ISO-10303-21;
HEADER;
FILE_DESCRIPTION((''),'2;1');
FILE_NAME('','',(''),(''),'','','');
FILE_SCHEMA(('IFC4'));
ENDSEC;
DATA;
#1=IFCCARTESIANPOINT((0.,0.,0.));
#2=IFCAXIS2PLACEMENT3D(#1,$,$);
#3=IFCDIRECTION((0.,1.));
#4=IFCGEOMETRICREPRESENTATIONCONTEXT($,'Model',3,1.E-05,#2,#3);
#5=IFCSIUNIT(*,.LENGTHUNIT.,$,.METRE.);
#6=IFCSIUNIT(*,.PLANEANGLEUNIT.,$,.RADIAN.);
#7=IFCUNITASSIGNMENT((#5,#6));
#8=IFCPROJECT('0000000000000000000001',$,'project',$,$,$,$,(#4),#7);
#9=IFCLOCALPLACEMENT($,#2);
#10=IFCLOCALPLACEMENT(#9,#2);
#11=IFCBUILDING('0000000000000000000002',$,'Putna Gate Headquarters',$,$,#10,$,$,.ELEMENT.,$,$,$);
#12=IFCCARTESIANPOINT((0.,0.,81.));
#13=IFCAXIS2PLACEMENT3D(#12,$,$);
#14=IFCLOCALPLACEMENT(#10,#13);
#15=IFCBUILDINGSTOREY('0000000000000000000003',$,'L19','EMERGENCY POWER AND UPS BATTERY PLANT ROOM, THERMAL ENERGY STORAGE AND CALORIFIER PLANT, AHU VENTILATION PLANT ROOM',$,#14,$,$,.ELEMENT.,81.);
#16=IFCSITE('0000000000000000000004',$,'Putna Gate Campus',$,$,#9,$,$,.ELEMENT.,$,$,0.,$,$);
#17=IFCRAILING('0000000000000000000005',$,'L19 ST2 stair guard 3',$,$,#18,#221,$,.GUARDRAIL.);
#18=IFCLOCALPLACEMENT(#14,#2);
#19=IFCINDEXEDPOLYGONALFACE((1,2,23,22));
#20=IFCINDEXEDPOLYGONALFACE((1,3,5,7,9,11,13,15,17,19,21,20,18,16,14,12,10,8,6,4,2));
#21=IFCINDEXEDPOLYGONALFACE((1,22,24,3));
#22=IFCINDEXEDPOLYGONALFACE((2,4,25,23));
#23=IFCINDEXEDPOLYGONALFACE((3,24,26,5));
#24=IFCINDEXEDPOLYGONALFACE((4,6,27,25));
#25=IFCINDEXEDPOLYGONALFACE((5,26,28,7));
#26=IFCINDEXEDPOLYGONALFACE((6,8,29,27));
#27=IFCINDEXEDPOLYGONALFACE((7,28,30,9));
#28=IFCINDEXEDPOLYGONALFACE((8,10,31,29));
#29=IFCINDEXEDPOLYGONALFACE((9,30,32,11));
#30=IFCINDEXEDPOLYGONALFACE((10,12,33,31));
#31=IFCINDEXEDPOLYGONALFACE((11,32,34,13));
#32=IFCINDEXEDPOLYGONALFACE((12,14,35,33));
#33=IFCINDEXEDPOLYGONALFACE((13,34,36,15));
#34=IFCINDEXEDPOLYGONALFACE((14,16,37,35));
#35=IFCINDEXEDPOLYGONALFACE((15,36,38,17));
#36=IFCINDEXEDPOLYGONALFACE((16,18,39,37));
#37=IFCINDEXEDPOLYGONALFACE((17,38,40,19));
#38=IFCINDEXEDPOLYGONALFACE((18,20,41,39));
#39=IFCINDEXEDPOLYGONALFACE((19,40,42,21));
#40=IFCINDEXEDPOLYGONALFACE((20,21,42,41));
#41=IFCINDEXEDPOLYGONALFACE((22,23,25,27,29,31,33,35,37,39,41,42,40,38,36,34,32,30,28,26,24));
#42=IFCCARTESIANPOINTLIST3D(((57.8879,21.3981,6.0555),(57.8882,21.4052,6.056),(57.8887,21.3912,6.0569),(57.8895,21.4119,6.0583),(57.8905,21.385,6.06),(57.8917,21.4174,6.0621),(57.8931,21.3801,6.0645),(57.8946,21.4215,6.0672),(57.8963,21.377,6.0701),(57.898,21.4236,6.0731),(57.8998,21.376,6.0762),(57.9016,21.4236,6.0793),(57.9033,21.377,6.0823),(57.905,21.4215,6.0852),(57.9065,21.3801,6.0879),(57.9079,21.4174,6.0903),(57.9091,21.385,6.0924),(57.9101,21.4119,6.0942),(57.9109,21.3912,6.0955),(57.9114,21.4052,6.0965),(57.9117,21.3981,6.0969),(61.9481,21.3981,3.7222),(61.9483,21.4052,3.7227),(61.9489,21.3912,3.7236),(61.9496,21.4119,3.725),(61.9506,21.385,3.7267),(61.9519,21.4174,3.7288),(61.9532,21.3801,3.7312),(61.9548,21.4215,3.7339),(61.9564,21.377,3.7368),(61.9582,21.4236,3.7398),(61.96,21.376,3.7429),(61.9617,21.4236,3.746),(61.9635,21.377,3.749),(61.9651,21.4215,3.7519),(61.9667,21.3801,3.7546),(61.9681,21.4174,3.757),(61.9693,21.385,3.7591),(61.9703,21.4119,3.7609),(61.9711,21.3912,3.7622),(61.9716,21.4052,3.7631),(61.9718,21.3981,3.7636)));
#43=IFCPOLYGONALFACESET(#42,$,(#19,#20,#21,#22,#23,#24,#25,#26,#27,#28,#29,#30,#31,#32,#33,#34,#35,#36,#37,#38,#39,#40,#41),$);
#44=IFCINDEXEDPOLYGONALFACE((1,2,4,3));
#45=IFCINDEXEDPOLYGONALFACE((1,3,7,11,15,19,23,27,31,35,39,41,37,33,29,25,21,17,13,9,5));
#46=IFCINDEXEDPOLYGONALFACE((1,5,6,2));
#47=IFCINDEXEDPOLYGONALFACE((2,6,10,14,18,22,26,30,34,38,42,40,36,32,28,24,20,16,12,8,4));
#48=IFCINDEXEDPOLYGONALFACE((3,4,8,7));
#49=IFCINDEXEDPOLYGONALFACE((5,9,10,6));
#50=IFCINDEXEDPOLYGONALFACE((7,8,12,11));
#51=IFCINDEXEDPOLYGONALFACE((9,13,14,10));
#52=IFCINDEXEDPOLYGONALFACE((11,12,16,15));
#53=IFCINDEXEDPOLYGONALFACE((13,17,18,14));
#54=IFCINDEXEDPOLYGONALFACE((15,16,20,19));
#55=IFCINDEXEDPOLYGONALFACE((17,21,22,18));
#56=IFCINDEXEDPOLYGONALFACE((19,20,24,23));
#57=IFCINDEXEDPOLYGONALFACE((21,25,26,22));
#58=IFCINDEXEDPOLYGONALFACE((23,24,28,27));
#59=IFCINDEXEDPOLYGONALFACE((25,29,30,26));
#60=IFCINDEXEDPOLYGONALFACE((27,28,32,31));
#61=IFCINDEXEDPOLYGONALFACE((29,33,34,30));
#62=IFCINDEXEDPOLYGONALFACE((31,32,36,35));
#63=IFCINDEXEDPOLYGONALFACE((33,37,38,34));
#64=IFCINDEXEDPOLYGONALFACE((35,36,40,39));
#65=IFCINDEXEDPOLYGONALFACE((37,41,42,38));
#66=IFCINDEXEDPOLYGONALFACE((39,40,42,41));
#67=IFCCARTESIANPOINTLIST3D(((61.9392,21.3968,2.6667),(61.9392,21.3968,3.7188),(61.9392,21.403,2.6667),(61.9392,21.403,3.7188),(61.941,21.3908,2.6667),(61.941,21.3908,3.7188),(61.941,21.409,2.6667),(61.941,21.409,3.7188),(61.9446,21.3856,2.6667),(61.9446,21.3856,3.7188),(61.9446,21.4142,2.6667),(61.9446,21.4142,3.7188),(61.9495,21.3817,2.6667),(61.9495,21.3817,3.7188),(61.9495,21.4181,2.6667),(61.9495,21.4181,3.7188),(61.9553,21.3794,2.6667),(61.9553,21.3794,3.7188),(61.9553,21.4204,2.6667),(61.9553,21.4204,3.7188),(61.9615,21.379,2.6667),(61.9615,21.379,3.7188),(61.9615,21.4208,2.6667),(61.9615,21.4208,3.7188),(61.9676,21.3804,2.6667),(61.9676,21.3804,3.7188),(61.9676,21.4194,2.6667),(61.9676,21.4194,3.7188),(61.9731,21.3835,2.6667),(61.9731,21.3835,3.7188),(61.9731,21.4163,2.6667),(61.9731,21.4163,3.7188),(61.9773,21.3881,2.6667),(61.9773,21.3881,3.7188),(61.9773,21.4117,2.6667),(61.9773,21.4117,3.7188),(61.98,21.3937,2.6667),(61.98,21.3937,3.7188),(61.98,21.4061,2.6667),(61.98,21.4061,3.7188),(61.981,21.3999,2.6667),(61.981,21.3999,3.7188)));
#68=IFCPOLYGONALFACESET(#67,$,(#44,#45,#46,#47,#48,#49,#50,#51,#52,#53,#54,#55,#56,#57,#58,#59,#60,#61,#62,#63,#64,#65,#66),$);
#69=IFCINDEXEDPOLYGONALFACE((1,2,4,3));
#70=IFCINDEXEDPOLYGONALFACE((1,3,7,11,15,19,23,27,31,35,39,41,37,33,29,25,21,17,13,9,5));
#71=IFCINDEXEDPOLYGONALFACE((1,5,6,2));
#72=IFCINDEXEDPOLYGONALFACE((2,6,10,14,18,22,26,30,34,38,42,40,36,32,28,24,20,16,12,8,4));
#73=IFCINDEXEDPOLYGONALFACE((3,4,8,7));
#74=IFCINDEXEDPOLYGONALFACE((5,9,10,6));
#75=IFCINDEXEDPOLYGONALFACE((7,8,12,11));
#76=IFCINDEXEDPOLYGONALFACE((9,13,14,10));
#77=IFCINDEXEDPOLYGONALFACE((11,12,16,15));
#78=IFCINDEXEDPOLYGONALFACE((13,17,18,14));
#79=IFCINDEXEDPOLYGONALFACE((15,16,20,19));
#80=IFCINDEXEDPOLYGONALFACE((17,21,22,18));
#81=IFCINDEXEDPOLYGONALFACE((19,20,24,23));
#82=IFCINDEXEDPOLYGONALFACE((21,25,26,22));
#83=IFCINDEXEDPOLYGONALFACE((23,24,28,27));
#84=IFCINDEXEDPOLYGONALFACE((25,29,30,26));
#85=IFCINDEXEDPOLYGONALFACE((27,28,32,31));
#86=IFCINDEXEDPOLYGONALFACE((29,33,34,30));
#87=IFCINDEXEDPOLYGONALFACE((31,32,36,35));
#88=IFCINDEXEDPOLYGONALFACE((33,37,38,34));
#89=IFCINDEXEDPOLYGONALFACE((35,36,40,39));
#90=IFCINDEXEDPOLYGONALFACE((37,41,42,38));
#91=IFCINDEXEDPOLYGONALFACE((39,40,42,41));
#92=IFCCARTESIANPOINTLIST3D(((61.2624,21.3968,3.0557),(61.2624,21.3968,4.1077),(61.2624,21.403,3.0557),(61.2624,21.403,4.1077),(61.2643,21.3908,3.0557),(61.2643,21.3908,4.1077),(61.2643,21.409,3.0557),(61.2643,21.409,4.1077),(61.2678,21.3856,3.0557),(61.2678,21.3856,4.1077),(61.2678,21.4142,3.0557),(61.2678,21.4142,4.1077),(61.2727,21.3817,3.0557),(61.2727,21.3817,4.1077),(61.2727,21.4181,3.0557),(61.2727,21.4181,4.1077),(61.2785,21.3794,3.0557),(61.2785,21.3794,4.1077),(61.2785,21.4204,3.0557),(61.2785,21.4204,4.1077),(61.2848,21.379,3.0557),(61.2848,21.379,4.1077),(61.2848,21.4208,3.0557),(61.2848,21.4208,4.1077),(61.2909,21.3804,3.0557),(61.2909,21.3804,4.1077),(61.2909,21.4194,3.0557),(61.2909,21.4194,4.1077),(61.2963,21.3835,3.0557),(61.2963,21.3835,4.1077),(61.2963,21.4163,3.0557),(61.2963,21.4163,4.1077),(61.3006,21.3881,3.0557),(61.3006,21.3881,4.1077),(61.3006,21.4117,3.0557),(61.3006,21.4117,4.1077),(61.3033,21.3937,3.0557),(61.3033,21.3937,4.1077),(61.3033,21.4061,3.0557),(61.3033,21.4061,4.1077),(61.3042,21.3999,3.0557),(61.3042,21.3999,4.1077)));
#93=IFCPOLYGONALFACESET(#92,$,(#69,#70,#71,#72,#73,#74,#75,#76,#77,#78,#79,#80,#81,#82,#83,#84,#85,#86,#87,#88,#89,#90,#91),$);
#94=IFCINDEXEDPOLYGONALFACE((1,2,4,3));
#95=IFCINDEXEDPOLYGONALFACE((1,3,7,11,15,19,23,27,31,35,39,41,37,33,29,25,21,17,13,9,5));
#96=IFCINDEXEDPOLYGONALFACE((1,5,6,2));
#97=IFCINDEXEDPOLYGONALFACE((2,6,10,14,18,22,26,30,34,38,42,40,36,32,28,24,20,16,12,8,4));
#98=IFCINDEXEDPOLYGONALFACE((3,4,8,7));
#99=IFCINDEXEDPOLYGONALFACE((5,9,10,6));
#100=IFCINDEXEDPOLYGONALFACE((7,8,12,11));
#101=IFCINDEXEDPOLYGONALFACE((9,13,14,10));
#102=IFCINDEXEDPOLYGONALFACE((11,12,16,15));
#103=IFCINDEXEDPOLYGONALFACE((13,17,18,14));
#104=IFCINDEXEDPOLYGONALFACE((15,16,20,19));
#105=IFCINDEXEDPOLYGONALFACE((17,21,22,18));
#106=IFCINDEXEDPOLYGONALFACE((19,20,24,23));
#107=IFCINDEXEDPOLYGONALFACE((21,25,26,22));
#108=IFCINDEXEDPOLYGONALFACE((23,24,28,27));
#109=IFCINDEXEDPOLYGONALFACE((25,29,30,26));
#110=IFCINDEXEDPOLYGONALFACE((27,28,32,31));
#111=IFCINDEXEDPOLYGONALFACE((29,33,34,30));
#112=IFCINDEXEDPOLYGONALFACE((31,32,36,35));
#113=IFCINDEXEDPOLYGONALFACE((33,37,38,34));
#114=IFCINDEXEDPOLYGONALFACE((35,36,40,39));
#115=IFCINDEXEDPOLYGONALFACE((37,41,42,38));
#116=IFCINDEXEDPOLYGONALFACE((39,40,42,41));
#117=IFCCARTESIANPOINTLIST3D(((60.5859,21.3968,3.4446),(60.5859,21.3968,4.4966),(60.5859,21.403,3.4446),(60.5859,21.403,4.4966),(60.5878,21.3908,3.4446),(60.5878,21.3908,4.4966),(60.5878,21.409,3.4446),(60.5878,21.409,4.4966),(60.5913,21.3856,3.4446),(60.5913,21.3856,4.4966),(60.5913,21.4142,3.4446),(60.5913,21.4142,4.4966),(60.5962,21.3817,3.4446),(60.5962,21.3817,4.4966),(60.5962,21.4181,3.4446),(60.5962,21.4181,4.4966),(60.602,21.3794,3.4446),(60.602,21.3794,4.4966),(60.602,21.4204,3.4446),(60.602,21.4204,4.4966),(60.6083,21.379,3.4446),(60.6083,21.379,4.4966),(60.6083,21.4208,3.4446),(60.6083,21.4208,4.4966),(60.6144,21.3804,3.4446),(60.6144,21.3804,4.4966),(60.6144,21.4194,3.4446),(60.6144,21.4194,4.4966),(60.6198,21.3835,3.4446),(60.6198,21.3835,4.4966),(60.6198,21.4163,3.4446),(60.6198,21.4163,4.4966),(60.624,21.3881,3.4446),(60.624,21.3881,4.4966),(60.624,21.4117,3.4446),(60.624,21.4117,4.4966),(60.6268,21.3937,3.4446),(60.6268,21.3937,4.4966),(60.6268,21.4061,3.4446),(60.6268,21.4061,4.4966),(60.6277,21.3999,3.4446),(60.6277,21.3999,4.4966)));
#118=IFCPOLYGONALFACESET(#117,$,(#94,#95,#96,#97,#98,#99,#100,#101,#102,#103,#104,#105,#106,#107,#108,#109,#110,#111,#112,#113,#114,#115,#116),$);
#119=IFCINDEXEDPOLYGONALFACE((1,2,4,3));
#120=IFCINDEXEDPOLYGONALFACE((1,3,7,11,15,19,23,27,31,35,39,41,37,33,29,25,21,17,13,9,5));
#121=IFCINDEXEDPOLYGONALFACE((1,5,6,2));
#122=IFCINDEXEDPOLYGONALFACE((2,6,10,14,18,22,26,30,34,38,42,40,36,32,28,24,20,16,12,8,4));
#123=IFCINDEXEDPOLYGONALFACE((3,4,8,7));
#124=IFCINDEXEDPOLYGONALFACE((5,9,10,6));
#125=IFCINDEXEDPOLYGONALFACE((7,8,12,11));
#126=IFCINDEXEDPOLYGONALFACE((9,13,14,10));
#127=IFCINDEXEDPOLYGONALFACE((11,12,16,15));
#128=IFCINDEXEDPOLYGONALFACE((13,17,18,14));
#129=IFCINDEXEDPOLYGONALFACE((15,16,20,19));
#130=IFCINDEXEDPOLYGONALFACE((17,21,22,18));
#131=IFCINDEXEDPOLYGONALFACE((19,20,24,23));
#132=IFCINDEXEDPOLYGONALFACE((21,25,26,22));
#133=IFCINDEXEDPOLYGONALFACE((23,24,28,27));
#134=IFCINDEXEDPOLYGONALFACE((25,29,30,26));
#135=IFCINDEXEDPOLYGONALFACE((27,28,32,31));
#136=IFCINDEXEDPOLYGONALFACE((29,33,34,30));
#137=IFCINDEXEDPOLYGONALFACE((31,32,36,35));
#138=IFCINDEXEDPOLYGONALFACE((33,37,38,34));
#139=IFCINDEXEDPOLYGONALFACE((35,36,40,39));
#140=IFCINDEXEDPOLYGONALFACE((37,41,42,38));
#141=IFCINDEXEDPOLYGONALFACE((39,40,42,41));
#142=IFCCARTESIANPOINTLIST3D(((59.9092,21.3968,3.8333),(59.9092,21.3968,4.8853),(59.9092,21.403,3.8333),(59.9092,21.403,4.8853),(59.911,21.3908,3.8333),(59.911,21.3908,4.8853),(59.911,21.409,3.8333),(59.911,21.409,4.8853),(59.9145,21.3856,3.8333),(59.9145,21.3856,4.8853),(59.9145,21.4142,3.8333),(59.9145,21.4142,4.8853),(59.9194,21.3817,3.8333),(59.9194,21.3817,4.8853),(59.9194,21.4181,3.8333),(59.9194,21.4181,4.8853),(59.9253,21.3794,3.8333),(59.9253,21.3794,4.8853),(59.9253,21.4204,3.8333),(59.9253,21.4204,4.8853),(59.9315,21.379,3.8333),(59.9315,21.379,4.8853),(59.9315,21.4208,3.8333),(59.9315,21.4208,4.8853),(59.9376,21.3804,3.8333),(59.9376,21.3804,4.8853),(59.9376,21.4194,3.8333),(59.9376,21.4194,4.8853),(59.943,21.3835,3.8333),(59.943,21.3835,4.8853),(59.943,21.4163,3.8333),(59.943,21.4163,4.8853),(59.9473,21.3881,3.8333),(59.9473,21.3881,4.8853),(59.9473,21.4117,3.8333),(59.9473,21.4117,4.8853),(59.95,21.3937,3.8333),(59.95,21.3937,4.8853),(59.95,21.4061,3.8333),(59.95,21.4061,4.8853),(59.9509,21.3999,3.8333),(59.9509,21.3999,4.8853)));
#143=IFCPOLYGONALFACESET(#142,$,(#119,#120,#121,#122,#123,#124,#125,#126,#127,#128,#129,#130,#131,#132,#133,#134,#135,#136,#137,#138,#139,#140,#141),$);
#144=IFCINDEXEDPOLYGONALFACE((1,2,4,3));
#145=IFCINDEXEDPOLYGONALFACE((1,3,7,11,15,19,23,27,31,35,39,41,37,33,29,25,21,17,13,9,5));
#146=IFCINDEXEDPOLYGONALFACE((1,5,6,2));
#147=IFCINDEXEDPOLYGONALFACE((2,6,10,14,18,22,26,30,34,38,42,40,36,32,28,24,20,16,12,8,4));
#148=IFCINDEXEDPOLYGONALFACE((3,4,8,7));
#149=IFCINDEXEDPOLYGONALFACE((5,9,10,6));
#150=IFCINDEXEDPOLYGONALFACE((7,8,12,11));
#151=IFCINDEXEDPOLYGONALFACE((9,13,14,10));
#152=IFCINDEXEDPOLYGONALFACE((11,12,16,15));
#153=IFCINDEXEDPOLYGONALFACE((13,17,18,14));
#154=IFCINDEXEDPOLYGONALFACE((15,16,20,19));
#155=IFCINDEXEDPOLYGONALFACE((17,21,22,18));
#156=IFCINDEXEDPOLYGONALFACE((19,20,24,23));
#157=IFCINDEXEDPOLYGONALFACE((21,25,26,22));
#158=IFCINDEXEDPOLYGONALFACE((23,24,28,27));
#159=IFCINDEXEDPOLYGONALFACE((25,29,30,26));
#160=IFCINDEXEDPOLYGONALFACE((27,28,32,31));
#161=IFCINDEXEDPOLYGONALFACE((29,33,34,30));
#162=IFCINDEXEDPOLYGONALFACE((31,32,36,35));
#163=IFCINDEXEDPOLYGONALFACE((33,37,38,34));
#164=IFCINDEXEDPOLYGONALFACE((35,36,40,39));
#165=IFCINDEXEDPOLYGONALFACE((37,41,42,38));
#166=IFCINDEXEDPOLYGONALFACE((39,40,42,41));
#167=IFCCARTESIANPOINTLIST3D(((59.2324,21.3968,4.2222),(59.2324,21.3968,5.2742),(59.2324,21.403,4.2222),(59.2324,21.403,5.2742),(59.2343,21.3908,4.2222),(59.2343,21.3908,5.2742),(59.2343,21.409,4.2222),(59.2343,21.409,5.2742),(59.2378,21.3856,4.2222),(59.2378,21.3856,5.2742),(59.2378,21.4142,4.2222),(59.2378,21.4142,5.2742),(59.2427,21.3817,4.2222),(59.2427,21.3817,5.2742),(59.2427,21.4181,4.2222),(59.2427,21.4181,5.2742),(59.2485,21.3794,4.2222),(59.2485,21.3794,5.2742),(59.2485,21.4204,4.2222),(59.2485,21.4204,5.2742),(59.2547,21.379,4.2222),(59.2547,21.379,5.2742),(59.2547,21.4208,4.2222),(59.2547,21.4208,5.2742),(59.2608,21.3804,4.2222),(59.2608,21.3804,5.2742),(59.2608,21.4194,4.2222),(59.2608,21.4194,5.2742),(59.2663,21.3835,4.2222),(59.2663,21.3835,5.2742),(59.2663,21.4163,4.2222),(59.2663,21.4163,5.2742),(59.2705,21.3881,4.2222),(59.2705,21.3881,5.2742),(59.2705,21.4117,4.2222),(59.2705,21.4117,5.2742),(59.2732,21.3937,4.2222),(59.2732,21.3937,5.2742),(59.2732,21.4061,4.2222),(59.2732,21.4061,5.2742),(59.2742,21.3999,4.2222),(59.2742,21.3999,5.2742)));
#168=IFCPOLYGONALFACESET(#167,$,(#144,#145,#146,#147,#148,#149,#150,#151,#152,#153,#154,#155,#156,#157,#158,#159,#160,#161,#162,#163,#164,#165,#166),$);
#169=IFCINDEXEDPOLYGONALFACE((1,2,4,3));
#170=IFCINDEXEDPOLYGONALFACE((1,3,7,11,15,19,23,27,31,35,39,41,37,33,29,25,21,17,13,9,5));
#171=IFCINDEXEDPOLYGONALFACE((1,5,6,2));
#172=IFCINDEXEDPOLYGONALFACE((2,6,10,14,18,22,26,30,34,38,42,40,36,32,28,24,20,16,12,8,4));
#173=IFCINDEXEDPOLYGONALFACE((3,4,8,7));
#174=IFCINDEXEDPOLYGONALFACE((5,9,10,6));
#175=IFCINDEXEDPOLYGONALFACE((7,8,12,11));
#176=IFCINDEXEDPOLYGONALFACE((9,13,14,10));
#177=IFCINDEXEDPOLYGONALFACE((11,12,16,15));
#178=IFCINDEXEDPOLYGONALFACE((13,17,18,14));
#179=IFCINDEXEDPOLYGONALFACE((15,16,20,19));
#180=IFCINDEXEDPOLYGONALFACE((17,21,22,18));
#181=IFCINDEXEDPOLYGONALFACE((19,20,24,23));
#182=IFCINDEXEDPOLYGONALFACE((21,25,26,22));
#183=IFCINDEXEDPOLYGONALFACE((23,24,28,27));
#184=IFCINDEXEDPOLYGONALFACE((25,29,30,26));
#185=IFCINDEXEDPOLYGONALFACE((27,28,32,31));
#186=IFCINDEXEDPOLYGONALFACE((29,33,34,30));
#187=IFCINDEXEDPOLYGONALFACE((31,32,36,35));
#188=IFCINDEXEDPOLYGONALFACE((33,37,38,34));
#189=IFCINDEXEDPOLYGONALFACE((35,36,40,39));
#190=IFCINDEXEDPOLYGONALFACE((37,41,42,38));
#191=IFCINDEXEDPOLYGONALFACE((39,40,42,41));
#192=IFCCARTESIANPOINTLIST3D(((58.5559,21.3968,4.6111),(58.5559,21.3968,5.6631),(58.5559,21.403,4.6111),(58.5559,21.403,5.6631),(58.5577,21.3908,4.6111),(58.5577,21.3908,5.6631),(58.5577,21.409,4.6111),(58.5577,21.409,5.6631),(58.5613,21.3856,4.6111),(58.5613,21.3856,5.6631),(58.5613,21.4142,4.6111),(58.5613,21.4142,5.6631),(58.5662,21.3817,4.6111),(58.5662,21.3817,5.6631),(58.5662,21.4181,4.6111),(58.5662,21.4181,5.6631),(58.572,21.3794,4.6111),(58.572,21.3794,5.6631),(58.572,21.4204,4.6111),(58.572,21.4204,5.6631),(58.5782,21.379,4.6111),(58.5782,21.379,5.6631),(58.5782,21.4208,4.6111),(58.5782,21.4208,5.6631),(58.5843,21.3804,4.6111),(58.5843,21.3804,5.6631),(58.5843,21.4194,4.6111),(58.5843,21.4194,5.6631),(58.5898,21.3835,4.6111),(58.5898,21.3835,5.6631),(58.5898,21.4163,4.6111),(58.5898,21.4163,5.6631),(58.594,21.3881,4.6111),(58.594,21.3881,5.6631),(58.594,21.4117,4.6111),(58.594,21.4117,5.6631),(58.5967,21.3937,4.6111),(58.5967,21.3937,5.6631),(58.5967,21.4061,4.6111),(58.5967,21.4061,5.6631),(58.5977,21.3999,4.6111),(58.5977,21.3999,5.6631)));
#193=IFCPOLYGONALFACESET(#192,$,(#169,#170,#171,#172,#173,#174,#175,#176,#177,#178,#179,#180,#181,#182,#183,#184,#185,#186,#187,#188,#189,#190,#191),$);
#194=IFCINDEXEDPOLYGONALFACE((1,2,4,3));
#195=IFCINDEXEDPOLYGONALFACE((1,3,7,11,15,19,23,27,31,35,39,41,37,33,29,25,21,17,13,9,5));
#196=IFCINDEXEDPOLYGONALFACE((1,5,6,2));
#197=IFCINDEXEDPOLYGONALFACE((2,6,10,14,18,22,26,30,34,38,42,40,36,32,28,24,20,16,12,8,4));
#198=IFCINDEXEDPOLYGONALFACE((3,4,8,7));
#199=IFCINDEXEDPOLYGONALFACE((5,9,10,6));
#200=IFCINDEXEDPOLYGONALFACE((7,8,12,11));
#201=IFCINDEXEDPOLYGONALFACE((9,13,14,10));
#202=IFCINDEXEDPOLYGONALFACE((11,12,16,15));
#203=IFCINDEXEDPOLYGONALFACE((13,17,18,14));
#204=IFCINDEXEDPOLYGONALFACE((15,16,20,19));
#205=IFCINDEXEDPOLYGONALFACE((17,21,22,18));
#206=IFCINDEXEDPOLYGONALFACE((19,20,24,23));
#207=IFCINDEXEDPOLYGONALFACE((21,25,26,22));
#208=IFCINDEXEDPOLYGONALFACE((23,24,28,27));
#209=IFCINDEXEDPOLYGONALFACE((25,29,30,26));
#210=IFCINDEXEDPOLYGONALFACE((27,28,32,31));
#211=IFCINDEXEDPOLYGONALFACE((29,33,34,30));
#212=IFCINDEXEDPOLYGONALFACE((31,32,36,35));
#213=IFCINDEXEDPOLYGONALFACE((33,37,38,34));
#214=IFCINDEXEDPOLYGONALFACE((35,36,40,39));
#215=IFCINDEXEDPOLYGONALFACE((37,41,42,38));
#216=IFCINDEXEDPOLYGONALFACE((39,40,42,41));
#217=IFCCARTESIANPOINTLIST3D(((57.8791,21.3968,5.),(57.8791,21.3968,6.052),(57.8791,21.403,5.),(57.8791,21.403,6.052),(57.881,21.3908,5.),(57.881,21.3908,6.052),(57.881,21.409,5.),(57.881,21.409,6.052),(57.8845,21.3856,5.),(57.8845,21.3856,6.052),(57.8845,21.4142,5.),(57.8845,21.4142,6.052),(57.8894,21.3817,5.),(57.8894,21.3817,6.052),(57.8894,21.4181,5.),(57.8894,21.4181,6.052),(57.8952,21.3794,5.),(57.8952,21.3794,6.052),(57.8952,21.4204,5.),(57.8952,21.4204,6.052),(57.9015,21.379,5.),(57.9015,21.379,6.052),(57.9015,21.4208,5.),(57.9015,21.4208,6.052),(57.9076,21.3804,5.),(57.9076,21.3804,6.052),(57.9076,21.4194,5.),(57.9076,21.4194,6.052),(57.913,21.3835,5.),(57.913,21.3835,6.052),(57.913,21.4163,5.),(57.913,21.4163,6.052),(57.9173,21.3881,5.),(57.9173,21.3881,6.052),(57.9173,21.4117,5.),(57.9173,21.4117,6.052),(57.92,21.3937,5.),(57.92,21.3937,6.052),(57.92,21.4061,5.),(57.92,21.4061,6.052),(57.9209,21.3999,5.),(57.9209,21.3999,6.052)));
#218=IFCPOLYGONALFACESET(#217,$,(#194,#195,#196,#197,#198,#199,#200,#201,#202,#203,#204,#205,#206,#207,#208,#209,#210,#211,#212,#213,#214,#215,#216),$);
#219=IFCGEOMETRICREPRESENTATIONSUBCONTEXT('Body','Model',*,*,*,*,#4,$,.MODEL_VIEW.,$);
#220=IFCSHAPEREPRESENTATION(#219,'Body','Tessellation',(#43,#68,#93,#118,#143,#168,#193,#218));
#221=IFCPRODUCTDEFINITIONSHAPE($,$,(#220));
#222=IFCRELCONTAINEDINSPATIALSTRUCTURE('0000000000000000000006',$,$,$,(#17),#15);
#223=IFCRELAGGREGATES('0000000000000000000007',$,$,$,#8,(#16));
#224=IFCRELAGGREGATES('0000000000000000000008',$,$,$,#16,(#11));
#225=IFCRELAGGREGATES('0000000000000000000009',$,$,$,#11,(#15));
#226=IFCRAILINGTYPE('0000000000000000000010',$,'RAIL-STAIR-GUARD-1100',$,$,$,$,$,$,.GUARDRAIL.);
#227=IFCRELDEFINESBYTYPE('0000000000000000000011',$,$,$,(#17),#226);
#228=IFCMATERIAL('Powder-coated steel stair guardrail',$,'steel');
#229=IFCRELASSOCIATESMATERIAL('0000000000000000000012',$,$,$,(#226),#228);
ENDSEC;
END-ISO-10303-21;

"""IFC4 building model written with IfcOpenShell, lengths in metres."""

from ifc_helpers import new_model, si_unit, direction, frame, origin, origin_2d, place, context, subcontext, project, spatial, circle, extrude, material, type_object, element, save


model = new_model("IFC4")

# Units and contexts
model_context = context("Model", 3, precision=1e-05, world=origin(), true_north=direction((0.0, 1.0)))
body_context = subcontext(model_context, "Body", "Model", "MODEL_VIEW")
ifc_project = project(units=[si_unit("LENGTHUNIT", "METRE"), si_unit("PLANEANGLEUNIT", "RADIAN")], contexts=[model_context])

# Site, building, storey
site_placement = place(None, origin())
site = spatial("IfcSite", under=ifc_project, at=site_placement, Name="Putna Gate Campus", CompositionType="ELEMENT", RefElevation=0.0)
building_placement = place(site_placement, origin())
building = spatial("IfcBuilding", under=site, at=building_placement, Name="Putna Gate Headquarters", CompositionType="ELEMENT")
storey_placement = place(building_placement, frame((0.0, 0.0, 81.0)))
storey = spatial("IfcBuildingStorey", under=building, at=storey_placement, Name="L19", Description="EMERGENCY POWER AND UPS BATTERY PLANT ROOM, THERMAL ENERGY STORAGE AND CALORIFIER PLANT, AHU VENTILATION PLANT ROOM", CompositionType="ELEMENT", Elevation=81.0)

# Railing
ifc_material_1 = material(Name="Powder-coated steel stair guardrail", Category="steel")
railing_type = type_object("IfcRailingType", Name="RAIL-STAIR-GUARD-1100", PredefinedType="GUARDRAIL", material=ifc_material_1)
railing_1_placement = place(storey_placement, frame((61.96, 21.3999, 2.6667)))
element("IfcRailing", 1, at=railing_1_placement, inside=storey, type_object=railing_type, Name="L19 ST2 stair guard 3", PredefinedType="GUARDRAIL", context=body_context, shape_type="SweptSolid", body=[
    extrude(circle(Radius=0.0239, at=origin_2d()), frame((0.0, 0.0, 1.0762), z_axis=(-0.867025, 0.0, 0.498265), x_axis=(0.0, -1.0, 0.0)), (0.0, 0.0, 1.0), 4.6829),
    extrude(circle(Radius=0.021, at=origin_2d()), origin(), (0.0, 0.0, 1.0), 1.052),
    extrude(circle(Radius=0.021, at=origin_2d()), frame((-0.6768, 0.0, 0.3889)), (0.0, 0.0, 1.0), 1.052),
    extrude(circle(Radius=0.021, at=origin_2d()), frame((-1.3533, 0.0, 0.7778)), (0.0, 0.0, 1.0), 1.052),
    extrude(circle(Radius=0.021, at=origin_2d()), frame((-2.03, 0.0, 1.1665)), (0.0, 0.0, 1.0), 1.052),
    extrude(circle(Radius=0.021, at=origin_2d()), frame((-2.7068, 0.0, 1.5554)), (0.0, 0.0, 1.0), 1.052),
    extrude(circle(Radius=0.021, at=origin_2d()), frame((-3.3833, 0.0, 1.9443)), (0.0, 0.0, 1.0), 1.052),
    extrude(circle(Radius=0.021, at=origin_2d()), frame((-4.0601, 0.0, 2.3333)), (0.0, 0.0, 1.0), 1.052),
])

save(model, "model.ifc")
